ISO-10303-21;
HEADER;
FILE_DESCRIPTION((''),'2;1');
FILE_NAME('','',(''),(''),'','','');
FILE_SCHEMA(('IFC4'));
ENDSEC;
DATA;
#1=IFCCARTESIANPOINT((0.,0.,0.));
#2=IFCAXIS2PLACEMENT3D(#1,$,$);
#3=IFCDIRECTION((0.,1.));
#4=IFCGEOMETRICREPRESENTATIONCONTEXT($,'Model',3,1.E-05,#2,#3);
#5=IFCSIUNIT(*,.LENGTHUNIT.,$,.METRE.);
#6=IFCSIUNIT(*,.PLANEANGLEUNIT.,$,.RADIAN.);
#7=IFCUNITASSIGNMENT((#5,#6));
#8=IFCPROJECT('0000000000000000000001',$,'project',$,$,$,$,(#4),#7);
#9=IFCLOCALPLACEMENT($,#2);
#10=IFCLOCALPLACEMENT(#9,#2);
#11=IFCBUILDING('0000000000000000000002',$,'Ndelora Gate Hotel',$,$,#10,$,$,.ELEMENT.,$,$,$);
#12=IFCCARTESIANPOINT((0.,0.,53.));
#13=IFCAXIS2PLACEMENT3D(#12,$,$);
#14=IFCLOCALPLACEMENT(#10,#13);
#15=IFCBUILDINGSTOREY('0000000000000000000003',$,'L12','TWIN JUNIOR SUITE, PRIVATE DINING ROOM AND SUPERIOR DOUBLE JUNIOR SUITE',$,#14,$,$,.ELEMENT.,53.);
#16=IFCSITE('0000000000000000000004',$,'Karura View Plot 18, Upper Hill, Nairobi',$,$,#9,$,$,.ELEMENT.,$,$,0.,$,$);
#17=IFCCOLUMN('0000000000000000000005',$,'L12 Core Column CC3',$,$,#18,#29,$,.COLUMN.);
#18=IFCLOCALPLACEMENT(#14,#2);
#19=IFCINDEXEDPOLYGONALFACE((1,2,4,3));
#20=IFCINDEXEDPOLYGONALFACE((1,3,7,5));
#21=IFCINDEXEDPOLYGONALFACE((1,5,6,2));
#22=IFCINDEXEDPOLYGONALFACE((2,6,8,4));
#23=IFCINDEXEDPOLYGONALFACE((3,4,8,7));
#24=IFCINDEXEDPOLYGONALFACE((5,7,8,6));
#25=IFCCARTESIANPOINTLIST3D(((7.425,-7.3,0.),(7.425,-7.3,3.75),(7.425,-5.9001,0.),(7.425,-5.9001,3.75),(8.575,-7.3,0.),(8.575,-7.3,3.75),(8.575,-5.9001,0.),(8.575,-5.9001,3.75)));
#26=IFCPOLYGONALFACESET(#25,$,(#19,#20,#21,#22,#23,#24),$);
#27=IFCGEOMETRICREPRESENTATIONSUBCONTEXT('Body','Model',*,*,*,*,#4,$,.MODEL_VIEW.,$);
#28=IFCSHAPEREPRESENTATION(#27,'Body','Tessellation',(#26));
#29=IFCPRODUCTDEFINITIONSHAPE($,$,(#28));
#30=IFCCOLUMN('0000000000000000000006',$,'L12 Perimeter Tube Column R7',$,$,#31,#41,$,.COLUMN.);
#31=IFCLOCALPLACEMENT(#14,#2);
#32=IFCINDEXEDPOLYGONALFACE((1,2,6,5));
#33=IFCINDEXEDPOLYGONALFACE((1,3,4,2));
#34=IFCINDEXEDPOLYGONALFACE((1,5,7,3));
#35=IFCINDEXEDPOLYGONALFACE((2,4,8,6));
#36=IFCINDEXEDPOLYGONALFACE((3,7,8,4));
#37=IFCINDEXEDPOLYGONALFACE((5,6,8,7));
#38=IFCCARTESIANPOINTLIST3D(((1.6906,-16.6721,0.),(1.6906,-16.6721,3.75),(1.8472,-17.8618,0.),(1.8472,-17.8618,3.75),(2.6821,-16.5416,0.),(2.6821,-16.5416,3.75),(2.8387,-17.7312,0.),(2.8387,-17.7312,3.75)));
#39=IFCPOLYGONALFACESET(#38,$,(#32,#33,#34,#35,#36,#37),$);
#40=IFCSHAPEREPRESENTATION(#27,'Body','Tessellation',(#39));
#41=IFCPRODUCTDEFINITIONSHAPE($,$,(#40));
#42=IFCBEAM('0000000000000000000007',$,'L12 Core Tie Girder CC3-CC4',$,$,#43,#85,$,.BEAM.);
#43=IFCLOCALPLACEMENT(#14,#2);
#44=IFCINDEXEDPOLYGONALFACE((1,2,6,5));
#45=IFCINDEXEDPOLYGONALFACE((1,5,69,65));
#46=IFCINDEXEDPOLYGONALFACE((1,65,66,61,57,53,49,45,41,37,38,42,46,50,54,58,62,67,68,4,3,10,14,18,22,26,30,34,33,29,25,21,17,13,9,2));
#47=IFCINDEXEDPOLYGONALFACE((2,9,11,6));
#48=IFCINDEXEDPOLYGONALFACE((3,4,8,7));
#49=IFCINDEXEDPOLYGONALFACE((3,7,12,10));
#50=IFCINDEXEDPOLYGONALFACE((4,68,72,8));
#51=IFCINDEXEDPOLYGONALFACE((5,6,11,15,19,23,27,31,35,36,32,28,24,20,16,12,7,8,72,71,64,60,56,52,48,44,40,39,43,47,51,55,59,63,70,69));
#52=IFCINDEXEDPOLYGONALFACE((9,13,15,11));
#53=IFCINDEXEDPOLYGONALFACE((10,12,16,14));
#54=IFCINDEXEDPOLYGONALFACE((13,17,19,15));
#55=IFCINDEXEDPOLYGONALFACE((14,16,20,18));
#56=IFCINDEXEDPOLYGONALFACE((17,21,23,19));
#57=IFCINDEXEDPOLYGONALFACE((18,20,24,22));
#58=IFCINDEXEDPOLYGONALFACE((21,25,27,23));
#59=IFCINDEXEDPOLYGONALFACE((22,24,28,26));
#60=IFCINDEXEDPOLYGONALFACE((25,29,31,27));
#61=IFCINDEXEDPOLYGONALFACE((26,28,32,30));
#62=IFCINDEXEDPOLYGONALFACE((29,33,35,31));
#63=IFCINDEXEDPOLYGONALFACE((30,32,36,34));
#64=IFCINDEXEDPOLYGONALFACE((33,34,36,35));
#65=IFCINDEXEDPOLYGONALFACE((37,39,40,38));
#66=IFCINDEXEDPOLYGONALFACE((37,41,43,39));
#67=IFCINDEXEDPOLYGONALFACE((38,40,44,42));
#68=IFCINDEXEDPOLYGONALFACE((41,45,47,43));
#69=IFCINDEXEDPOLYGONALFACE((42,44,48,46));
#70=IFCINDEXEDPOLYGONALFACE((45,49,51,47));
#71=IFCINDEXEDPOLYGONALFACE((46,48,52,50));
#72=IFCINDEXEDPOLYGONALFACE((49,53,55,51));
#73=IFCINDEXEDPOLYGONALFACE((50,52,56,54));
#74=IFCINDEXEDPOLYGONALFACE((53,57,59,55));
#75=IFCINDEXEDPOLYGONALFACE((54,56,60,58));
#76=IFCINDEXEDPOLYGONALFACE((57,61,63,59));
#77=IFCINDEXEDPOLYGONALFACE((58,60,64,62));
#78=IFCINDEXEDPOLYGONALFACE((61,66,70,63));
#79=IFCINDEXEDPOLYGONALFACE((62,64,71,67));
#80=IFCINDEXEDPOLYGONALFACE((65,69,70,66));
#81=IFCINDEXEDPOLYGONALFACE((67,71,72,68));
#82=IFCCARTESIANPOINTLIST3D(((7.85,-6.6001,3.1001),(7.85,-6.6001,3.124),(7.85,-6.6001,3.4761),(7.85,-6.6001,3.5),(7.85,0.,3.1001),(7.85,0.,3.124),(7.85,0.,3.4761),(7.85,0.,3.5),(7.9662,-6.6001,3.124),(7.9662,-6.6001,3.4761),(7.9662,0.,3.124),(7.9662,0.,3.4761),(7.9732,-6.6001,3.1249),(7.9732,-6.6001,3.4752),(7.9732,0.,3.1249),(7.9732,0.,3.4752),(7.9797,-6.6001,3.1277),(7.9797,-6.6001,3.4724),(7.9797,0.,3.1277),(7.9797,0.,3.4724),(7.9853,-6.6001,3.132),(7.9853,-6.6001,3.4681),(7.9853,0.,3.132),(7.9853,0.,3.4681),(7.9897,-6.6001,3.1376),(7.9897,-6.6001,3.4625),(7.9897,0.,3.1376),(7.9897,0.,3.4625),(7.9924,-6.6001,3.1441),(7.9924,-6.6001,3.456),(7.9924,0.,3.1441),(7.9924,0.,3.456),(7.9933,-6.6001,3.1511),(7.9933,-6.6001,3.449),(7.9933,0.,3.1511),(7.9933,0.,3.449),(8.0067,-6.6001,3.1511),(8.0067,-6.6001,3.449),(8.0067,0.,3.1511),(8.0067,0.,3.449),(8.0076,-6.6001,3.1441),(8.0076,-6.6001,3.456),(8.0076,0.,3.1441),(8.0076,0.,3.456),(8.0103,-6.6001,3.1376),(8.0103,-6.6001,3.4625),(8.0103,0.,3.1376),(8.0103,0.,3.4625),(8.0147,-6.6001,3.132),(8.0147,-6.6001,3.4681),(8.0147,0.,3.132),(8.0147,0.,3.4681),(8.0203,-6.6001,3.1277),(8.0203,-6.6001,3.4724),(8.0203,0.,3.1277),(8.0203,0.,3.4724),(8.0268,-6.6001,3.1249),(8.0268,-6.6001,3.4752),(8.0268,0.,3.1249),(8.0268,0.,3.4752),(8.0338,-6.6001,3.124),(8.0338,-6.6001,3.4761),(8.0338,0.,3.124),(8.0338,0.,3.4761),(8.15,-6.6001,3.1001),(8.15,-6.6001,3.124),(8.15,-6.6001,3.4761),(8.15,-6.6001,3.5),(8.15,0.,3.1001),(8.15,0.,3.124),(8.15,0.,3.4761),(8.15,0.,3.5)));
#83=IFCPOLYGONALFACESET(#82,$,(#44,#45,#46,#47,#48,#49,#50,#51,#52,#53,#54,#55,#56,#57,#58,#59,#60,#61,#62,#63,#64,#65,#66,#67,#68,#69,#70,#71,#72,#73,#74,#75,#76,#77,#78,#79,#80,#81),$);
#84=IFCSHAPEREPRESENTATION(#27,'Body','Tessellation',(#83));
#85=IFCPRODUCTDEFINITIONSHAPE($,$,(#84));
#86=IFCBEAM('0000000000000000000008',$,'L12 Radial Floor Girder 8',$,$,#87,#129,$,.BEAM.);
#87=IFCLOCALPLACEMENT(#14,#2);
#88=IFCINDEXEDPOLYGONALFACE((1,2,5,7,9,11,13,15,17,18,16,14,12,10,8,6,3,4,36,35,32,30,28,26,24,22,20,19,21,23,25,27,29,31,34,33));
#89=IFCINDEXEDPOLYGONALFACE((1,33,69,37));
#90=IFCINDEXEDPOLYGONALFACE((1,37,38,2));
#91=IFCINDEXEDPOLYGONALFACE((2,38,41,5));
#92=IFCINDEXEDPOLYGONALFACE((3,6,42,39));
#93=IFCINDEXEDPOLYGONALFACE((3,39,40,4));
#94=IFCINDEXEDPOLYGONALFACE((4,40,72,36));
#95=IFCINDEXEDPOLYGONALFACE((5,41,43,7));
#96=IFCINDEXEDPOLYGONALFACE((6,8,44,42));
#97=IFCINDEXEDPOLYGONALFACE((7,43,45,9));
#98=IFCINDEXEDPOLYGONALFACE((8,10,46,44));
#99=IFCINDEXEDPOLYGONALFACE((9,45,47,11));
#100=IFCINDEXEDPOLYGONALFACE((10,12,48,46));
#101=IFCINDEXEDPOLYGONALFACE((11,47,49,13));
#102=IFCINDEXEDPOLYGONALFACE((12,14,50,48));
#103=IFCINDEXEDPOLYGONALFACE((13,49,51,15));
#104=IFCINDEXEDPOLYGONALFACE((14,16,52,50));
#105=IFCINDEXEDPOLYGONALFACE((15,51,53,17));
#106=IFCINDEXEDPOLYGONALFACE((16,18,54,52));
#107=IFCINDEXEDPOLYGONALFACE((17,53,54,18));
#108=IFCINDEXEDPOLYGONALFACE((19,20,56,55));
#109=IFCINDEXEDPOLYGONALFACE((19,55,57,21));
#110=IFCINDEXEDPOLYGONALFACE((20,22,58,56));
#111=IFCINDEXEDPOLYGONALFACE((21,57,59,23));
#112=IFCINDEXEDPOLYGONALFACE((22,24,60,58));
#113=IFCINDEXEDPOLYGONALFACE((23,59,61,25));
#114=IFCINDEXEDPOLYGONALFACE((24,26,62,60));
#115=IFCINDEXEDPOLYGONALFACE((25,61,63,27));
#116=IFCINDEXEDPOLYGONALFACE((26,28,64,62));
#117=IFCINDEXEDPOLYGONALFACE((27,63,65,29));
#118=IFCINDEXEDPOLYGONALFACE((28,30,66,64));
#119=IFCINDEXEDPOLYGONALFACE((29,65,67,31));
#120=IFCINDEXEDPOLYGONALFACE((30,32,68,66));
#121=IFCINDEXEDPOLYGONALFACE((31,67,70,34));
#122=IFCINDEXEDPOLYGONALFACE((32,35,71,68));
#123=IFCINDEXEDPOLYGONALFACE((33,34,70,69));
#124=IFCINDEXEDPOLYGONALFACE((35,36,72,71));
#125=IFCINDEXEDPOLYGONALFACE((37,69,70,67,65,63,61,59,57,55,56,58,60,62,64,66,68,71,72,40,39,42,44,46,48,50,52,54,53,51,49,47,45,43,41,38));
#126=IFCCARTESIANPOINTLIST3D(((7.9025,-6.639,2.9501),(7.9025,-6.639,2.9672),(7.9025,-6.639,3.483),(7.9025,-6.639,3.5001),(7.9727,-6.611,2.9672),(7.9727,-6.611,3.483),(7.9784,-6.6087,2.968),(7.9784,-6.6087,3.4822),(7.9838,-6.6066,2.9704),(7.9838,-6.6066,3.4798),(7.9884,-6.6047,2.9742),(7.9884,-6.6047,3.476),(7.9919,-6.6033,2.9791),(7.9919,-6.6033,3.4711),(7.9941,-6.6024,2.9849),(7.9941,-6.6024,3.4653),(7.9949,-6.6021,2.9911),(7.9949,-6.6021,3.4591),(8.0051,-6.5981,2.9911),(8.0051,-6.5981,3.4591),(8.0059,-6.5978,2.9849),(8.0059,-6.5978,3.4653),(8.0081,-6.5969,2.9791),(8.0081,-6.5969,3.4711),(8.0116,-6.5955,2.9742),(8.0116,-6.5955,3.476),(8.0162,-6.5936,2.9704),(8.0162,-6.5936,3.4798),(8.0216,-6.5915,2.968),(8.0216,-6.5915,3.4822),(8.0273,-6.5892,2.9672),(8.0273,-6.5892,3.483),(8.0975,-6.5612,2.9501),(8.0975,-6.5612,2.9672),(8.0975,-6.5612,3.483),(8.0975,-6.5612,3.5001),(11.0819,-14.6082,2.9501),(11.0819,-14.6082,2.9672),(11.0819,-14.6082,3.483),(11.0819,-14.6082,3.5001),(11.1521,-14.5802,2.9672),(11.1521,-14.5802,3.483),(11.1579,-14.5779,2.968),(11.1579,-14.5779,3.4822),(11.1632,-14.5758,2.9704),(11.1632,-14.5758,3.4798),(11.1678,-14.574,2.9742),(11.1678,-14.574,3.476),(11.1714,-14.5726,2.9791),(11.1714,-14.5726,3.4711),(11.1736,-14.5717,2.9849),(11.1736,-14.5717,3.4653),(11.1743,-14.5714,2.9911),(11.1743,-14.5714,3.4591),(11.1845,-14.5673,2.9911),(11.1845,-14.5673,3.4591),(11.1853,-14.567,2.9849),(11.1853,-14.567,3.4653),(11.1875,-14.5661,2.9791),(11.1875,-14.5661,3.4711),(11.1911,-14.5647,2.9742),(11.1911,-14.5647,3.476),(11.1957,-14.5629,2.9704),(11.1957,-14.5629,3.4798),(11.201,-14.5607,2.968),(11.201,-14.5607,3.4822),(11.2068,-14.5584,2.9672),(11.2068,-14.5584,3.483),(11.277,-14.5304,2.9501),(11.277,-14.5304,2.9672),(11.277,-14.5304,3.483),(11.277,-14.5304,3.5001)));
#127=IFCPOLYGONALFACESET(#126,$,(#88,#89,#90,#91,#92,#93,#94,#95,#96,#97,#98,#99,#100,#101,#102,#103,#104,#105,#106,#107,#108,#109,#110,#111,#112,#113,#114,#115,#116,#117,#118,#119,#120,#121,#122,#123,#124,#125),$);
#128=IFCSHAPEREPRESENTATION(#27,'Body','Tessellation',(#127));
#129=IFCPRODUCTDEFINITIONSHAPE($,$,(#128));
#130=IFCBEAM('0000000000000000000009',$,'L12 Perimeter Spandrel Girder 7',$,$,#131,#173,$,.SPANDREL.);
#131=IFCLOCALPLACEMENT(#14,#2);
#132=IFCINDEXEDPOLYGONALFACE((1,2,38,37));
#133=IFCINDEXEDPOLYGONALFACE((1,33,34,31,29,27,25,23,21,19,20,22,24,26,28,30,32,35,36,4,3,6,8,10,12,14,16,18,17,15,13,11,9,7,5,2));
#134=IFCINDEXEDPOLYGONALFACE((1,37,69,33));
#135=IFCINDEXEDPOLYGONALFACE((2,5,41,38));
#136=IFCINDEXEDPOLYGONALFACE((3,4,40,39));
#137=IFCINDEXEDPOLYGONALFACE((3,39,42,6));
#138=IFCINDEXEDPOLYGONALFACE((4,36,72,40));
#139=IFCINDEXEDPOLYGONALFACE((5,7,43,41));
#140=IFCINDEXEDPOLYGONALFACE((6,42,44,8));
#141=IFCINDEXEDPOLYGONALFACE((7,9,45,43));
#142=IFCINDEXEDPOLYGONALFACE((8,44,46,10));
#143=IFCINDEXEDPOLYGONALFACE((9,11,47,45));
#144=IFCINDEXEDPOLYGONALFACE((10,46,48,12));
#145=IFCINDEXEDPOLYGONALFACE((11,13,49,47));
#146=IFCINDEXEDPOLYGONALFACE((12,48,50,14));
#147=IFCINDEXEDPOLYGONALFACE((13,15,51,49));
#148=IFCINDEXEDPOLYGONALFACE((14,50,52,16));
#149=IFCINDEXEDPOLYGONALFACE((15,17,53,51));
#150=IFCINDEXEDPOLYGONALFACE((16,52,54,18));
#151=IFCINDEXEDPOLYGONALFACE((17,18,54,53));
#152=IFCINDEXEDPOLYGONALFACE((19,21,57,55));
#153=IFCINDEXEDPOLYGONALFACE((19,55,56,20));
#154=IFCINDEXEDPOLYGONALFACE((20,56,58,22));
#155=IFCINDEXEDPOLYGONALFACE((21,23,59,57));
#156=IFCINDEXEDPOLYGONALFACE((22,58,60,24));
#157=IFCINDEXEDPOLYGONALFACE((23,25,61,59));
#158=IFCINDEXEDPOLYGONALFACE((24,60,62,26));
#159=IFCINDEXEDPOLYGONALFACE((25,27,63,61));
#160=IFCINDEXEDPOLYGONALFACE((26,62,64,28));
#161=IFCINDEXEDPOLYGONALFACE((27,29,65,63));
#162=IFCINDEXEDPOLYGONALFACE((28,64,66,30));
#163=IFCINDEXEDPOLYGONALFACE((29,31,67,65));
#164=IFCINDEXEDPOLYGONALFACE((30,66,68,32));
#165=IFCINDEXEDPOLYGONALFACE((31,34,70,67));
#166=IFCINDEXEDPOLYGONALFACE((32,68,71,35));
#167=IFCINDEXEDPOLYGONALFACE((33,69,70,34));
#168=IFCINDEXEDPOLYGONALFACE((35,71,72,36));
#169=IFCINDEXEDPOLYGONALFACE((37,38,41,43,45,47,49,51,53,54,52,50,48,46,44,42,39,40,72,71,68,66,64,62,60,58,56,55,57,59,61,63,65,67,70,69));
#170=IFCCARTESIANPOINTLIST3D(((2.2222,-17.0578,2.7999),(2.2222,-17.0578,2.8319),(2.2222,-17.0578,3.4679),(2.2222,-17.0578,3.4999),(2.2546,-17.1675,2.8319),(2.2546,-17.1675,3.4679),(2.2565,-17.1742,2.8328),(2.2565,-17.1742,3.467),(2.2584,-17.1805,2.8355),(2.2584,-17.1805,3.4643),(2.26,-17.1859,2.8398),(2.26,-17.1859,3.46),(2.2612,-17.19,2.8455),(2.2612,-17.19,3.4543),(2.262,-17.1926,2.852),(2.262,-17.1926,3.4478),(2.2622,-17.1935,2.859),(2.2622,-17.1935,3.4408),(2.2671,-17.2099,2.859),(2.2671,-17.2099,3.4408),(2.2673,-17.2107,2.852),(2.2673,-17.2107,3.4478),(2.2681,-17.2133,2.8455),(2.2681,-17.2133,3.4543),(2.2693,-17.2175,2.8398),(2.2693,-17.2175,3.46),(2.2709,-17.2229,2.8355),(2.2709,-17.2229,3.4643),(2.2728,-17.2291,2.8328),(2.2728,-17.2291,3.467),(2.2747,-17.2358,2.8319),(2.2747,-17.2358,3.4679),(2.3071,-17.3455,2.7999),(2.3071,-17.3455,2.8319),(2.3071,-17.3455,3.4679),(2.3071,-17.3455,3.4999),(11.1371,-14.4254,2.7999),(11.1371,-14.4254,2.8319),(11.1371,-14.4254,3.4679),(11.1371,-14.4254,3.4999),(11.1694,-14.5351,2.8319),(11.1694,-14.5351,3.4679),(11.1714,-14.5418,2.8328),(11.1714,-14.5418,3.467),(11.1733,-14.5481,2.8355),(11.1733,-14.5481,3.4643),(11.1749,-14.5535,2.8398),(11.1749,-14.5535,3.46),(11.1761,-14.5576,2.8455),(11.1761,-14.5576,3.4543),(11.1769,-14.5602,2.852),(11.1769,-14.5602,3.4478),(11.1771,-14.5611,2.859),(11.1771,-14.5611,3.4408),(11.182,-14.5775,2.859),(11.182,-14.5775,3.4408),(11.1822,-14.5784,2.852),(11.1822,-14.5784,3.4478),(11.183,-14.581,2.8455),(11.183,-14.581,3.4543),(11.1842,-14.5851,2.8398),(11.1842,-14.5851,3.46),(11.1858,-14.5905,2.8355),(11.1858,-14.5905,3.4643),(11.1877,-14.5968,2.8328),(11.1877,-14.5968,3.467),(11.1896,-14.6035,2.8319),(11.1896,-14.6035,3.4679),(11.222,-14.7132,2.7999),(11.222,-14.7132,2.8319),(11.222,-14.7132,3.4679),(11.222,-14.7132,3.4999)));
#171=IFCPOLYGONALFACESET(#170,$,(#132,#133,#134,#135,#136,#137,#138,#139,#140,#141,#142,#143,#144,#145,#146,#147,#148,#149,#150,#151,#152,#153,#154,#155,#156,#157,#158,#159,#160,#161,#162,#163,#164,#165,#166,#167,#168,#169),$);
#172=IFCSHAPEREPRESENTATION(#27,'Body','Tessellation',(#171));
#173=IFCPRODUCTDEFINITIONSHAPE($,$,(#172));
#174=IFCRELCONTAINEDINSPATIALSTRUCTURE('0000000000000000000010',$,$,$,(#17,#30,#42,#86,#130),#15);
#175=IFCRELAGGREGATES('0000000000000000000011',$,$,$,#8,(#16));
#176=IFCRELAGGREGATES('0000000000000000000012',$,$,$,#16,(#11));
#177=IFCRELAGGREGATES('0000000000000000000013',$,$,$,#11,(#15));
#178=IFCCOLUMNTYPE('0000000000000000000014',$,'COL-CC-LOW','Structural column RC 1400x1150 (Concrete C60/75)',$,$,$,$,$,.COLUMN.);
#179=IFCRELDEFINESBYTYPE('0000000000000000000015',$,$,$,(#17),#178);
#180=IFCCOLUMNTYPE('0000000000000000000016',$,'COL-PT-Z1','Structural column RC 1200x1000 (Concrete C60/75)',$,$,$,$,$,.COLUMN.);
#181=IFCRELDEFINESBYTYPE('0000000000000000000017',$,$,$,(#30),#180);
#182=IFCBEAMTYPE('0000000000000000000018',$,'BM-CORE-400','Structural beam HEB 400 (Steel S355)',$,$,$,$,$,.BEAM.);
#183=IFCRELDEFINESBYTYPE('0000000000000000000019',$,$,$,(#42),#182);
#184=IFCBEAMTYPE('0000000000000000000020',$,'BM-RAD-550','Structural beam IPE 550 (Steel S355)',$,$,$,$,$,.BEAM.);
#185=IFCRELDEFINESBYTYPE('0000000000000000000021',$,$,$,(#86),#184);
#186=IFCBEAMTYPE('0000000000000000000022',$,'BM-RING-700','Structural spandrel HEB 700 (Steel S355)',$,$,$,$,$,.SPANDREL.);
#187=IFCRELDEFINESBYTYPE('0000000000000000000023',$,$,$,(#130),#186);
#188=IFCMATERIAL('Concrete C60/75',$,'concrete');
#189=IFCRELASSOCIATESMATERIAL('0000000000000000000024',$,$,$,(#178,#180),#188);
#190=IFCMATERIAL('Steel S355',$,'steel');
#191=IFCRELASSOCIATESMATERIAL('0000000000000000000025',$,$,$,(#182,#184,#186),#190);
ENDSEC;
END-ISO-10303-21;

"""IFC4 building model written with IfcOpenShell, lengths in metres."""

from ifc_helpers import new_model, si_unit, direction, frame, origin, origin_2d, place, context, subcontext, project, spatial, rectangle, i_section, extrude, material, material_profile, profile_set, type_object, element, save


model = new_model("IFC4")

# Units and contexts
model_context = context("Model", 3, precision=1e-05, world=origin(), true_north=direction((0.0, 1.0)))
body_context = subcontext(model_context, "Body", "Model", "MODEL_VIEW")
ifc_project = project(units=[si_unit("LENGTHUNIT", "METRE"), si_unit("PLANEANGLEUNIT", "RADIAN")], contexts=[model_context])

# Site, building, storey
site_placement = place(None, origin())
site = spatial("IfcSite", under=ifc_project, at=site_placement, Name="Karura View Plot 18, Upper Hill, Nairobi", CompositionType="ELEMENT", RefElevation=0.0)
building_placement = place(site_placement, origin())
building = spatial("IfcBuilding", under=site, at=building_placement, Name="Ndelora Gate Hotel", CompositionType="ELEMENT")
storey_placement = place(building_placement, frame((0.0, 0.0, 53.0)))
storey = spatial("IfcBuildingStorey", under=building, at=storey_placement, Name="L12", Description="TWIN JUNIOR SUITE, PRIVATE DINING ROOM AND SUPERIOR DOUBLE JUNIOR SUITE", CompositionType="ELEMENT", Elevation=53.0)

# Columns
ifc_material_1 = material(Name="Concrete C60/75", Category="concrete")
ifc_material_profile_1 = material_profile(ifc_material_1, rectangle(XDim=1.1499, YDim=1.3999, at=origin_2d()), Name="RC 1400x1150")
ifc_profile_set_1 = profile_set([ifc_material_profile_1], Name="Concrete C60/75")
column_type_1 = type_object("IfcColumnType", Name="COL-CC-LOW", Description="Structural column RC 1400x1150 (Concrete C60/75)", PredefinedType="COLUMN", material=ifc_profile_set_1)
column_1_placement = place(storey_placement, frame((8.0, -6.6001, 0.0), z_axis=(0.0, 0.0, 1.0), x_axis=(1.0, 0.0, 0.0)))
element("IfcColumn", 1, at=column_1_placement, inside=storey, type_object=column_type_1, Name="L12 Core Column CC3", PredefinedType="COLUMN", context=body_context, shape_type="SweptSolid", body=[
    extrude(rectangle(XDim=1.1499, YDim=1.3999, at=origin_2d()), origin(), (0.0, 0.0, 1.0), 3.75),
])
ifc_material_profile_2 = material_profile(ifc_material_1, rectangle(XDim=1.0, YDim=1.2, at=origin_2d()), Name="RC 1200x1000")
ifc_profile_set_2 = profile_set([ifc_material_profile_2], Name="Concrete C60/75")
column_type_2 = type_object("IfcColumnType", Name="COL-PT-Z1", Description="Structural column RC 1200x1000 (Concrete C60/75)", PredefinedType="COLUMN", material=ifc_profile_set_2)
column_2_placement = place(storey_placement, frame((2.2646, -17.2017, 0.0), z_axis=(0.0, 0.0, 1.0), x_axis=(0.991445, 0.130526, 0.0)))
element("IfcColumn", 2, at=column_2_placement, inside=storey, type_object=column_type_2, Name="L12 Perimeter Tube Column R7", PredefinedType="COLUMN", context=body_context, shape_type="SweptSolid", body=[
    extrude(rectangle(XDim=1.0, YDim=1.2, at=origin_2d()), origin(), (0.0, 0.0, 1.0), 3.75),
])

# Beams
ifc_material_2 = material(Name="Steel S355", Category="steel")
ifc_material_profile_3 = material_profile(ifc_material_2, i_section(OverallWidth=0.3, OverallDepth=0.3999, WebThickness=0.0134, FlangeThickness=0.0239, FilletRadius=0.0271, at=origin_2d()), Name="HEB 400")
ifc_profile_set_3 = profile_set([ifc_material_profile_3], Name="Steel S355")
beam_type_1 = type_object("IfcBeamType", Name="BM-CORE-400", Description="Structural beam HEB 400 (Steel S355)", PredefinedType="BEAM", material=ifc_profile_set_3)
beam_1_placement = place(storey_placement, frame((8.0, -6.6001, 3.3), z_axis=(0.0, 1.0, 0.0), x_axis=(-1.0, 0.0, 0.0)))
element("IfcBeam", 3, at=beam_1_placement, inside=storey, type_object=beam_type_1, Name="L12 Core Tie Girder CC3-CC4", PredefinedType="BEAM", context=body_context, shape_type="SweptSolid", body=[
    extrude(i_section(OverallWidth=0.3, OverallDepth=0.3999, WebThickness=0.0134, FlangeThickness=0.0239, FilletRadius=0.0271, at=origin_2d()), origin(), (0.0, 0.0, 1.0), 6.6001),
])
ifc_material_profile_4 = material_profile(ifc_material_2, i_section(OverallWidth=0.21, OverallDepth=0.55, WebThickness=0.011, FlangeThickness=0.0171, FilletRadius=0.0239, at=origin_2d()), Name="IPE 550")
ifc_profile_set_4 = profile_set([ifc_material_profile_4], Name="Steel S355")
beam_type_2 = type_object("IfcBeamType", Name="BM-RAD-550", Description="Structural beam IPE 550 (Steel S355)", PredefinedType="BEAM", material=ifc_profile_set_4)
beam_2_placement = place(storey_placement, frame((8.0, -6.6001, 3.2251), z_axis=(0.370561, -0.928808, 0.0), x_axis=(0.928808, 0.370561, 0.0)))
element("IfcBeam", 4, at=beam_2_placement, inside=storey, type_object=beam_type_2, Name="L12 Radial Floor Girder 8", PredefinedType="BEAM", context=body_context, shape_type="SweptSolid", body=[
    extrude(i_section(OverallWidth=0.21, OverallDepth=0.55, WebThickness=0.011, FlangeThickness=0.0171, FilletRadius=0.0239, at=origin_2d()), origin(), (0.0, 0.0, 1.0), 8.5801),
])
ifc_material_profile_5 = material_profile(ifc_material_2, i_section(OverallWidth=0.3, OverallDepth=0.7, WebThickness=0.0171, FlangeThickness=0.032, FilletRadius=0.0271, at=origin_2d()), Name="HEB 700")
ifc_profile_set_5 = profile_set([ifc_material_profile_5], Name="Steel S355")
beam_type_3 = type_object("IfcBeamType", Name="BM-RING-700", Description="Structural spandrel HEB 700 (Steel S355)", PredefinedType="SPANDREL", material=ifc_profile_set_5)
beam_3_placement = place(storey_placement, frame((2.2646, -17.2017, 3.1499), z_axis=(0.959064, 0.283189, 0.0), x_axis=(-0.283189, 0.959064, 0.0)))
element("IfcBeam", 5, at=beam_3_placement, inside=storey, type_object=beam_type_3, Name="L12 Perimeter Spandrel Girder 7", PredefinedType="SPANDREL", context=body_context, shape_type="SweptSolid", body=[
    extrude(i_section(OverallWidth=0.3, OverallDepth=0.7, WebThickness=0.0171, FlangeThickness=0.032, FilletRadius=0.0271, at=origin_2d()), origin(), (0.0, 0.0, 1.0), 9.2954),
])

save(model, "model.ifc")
